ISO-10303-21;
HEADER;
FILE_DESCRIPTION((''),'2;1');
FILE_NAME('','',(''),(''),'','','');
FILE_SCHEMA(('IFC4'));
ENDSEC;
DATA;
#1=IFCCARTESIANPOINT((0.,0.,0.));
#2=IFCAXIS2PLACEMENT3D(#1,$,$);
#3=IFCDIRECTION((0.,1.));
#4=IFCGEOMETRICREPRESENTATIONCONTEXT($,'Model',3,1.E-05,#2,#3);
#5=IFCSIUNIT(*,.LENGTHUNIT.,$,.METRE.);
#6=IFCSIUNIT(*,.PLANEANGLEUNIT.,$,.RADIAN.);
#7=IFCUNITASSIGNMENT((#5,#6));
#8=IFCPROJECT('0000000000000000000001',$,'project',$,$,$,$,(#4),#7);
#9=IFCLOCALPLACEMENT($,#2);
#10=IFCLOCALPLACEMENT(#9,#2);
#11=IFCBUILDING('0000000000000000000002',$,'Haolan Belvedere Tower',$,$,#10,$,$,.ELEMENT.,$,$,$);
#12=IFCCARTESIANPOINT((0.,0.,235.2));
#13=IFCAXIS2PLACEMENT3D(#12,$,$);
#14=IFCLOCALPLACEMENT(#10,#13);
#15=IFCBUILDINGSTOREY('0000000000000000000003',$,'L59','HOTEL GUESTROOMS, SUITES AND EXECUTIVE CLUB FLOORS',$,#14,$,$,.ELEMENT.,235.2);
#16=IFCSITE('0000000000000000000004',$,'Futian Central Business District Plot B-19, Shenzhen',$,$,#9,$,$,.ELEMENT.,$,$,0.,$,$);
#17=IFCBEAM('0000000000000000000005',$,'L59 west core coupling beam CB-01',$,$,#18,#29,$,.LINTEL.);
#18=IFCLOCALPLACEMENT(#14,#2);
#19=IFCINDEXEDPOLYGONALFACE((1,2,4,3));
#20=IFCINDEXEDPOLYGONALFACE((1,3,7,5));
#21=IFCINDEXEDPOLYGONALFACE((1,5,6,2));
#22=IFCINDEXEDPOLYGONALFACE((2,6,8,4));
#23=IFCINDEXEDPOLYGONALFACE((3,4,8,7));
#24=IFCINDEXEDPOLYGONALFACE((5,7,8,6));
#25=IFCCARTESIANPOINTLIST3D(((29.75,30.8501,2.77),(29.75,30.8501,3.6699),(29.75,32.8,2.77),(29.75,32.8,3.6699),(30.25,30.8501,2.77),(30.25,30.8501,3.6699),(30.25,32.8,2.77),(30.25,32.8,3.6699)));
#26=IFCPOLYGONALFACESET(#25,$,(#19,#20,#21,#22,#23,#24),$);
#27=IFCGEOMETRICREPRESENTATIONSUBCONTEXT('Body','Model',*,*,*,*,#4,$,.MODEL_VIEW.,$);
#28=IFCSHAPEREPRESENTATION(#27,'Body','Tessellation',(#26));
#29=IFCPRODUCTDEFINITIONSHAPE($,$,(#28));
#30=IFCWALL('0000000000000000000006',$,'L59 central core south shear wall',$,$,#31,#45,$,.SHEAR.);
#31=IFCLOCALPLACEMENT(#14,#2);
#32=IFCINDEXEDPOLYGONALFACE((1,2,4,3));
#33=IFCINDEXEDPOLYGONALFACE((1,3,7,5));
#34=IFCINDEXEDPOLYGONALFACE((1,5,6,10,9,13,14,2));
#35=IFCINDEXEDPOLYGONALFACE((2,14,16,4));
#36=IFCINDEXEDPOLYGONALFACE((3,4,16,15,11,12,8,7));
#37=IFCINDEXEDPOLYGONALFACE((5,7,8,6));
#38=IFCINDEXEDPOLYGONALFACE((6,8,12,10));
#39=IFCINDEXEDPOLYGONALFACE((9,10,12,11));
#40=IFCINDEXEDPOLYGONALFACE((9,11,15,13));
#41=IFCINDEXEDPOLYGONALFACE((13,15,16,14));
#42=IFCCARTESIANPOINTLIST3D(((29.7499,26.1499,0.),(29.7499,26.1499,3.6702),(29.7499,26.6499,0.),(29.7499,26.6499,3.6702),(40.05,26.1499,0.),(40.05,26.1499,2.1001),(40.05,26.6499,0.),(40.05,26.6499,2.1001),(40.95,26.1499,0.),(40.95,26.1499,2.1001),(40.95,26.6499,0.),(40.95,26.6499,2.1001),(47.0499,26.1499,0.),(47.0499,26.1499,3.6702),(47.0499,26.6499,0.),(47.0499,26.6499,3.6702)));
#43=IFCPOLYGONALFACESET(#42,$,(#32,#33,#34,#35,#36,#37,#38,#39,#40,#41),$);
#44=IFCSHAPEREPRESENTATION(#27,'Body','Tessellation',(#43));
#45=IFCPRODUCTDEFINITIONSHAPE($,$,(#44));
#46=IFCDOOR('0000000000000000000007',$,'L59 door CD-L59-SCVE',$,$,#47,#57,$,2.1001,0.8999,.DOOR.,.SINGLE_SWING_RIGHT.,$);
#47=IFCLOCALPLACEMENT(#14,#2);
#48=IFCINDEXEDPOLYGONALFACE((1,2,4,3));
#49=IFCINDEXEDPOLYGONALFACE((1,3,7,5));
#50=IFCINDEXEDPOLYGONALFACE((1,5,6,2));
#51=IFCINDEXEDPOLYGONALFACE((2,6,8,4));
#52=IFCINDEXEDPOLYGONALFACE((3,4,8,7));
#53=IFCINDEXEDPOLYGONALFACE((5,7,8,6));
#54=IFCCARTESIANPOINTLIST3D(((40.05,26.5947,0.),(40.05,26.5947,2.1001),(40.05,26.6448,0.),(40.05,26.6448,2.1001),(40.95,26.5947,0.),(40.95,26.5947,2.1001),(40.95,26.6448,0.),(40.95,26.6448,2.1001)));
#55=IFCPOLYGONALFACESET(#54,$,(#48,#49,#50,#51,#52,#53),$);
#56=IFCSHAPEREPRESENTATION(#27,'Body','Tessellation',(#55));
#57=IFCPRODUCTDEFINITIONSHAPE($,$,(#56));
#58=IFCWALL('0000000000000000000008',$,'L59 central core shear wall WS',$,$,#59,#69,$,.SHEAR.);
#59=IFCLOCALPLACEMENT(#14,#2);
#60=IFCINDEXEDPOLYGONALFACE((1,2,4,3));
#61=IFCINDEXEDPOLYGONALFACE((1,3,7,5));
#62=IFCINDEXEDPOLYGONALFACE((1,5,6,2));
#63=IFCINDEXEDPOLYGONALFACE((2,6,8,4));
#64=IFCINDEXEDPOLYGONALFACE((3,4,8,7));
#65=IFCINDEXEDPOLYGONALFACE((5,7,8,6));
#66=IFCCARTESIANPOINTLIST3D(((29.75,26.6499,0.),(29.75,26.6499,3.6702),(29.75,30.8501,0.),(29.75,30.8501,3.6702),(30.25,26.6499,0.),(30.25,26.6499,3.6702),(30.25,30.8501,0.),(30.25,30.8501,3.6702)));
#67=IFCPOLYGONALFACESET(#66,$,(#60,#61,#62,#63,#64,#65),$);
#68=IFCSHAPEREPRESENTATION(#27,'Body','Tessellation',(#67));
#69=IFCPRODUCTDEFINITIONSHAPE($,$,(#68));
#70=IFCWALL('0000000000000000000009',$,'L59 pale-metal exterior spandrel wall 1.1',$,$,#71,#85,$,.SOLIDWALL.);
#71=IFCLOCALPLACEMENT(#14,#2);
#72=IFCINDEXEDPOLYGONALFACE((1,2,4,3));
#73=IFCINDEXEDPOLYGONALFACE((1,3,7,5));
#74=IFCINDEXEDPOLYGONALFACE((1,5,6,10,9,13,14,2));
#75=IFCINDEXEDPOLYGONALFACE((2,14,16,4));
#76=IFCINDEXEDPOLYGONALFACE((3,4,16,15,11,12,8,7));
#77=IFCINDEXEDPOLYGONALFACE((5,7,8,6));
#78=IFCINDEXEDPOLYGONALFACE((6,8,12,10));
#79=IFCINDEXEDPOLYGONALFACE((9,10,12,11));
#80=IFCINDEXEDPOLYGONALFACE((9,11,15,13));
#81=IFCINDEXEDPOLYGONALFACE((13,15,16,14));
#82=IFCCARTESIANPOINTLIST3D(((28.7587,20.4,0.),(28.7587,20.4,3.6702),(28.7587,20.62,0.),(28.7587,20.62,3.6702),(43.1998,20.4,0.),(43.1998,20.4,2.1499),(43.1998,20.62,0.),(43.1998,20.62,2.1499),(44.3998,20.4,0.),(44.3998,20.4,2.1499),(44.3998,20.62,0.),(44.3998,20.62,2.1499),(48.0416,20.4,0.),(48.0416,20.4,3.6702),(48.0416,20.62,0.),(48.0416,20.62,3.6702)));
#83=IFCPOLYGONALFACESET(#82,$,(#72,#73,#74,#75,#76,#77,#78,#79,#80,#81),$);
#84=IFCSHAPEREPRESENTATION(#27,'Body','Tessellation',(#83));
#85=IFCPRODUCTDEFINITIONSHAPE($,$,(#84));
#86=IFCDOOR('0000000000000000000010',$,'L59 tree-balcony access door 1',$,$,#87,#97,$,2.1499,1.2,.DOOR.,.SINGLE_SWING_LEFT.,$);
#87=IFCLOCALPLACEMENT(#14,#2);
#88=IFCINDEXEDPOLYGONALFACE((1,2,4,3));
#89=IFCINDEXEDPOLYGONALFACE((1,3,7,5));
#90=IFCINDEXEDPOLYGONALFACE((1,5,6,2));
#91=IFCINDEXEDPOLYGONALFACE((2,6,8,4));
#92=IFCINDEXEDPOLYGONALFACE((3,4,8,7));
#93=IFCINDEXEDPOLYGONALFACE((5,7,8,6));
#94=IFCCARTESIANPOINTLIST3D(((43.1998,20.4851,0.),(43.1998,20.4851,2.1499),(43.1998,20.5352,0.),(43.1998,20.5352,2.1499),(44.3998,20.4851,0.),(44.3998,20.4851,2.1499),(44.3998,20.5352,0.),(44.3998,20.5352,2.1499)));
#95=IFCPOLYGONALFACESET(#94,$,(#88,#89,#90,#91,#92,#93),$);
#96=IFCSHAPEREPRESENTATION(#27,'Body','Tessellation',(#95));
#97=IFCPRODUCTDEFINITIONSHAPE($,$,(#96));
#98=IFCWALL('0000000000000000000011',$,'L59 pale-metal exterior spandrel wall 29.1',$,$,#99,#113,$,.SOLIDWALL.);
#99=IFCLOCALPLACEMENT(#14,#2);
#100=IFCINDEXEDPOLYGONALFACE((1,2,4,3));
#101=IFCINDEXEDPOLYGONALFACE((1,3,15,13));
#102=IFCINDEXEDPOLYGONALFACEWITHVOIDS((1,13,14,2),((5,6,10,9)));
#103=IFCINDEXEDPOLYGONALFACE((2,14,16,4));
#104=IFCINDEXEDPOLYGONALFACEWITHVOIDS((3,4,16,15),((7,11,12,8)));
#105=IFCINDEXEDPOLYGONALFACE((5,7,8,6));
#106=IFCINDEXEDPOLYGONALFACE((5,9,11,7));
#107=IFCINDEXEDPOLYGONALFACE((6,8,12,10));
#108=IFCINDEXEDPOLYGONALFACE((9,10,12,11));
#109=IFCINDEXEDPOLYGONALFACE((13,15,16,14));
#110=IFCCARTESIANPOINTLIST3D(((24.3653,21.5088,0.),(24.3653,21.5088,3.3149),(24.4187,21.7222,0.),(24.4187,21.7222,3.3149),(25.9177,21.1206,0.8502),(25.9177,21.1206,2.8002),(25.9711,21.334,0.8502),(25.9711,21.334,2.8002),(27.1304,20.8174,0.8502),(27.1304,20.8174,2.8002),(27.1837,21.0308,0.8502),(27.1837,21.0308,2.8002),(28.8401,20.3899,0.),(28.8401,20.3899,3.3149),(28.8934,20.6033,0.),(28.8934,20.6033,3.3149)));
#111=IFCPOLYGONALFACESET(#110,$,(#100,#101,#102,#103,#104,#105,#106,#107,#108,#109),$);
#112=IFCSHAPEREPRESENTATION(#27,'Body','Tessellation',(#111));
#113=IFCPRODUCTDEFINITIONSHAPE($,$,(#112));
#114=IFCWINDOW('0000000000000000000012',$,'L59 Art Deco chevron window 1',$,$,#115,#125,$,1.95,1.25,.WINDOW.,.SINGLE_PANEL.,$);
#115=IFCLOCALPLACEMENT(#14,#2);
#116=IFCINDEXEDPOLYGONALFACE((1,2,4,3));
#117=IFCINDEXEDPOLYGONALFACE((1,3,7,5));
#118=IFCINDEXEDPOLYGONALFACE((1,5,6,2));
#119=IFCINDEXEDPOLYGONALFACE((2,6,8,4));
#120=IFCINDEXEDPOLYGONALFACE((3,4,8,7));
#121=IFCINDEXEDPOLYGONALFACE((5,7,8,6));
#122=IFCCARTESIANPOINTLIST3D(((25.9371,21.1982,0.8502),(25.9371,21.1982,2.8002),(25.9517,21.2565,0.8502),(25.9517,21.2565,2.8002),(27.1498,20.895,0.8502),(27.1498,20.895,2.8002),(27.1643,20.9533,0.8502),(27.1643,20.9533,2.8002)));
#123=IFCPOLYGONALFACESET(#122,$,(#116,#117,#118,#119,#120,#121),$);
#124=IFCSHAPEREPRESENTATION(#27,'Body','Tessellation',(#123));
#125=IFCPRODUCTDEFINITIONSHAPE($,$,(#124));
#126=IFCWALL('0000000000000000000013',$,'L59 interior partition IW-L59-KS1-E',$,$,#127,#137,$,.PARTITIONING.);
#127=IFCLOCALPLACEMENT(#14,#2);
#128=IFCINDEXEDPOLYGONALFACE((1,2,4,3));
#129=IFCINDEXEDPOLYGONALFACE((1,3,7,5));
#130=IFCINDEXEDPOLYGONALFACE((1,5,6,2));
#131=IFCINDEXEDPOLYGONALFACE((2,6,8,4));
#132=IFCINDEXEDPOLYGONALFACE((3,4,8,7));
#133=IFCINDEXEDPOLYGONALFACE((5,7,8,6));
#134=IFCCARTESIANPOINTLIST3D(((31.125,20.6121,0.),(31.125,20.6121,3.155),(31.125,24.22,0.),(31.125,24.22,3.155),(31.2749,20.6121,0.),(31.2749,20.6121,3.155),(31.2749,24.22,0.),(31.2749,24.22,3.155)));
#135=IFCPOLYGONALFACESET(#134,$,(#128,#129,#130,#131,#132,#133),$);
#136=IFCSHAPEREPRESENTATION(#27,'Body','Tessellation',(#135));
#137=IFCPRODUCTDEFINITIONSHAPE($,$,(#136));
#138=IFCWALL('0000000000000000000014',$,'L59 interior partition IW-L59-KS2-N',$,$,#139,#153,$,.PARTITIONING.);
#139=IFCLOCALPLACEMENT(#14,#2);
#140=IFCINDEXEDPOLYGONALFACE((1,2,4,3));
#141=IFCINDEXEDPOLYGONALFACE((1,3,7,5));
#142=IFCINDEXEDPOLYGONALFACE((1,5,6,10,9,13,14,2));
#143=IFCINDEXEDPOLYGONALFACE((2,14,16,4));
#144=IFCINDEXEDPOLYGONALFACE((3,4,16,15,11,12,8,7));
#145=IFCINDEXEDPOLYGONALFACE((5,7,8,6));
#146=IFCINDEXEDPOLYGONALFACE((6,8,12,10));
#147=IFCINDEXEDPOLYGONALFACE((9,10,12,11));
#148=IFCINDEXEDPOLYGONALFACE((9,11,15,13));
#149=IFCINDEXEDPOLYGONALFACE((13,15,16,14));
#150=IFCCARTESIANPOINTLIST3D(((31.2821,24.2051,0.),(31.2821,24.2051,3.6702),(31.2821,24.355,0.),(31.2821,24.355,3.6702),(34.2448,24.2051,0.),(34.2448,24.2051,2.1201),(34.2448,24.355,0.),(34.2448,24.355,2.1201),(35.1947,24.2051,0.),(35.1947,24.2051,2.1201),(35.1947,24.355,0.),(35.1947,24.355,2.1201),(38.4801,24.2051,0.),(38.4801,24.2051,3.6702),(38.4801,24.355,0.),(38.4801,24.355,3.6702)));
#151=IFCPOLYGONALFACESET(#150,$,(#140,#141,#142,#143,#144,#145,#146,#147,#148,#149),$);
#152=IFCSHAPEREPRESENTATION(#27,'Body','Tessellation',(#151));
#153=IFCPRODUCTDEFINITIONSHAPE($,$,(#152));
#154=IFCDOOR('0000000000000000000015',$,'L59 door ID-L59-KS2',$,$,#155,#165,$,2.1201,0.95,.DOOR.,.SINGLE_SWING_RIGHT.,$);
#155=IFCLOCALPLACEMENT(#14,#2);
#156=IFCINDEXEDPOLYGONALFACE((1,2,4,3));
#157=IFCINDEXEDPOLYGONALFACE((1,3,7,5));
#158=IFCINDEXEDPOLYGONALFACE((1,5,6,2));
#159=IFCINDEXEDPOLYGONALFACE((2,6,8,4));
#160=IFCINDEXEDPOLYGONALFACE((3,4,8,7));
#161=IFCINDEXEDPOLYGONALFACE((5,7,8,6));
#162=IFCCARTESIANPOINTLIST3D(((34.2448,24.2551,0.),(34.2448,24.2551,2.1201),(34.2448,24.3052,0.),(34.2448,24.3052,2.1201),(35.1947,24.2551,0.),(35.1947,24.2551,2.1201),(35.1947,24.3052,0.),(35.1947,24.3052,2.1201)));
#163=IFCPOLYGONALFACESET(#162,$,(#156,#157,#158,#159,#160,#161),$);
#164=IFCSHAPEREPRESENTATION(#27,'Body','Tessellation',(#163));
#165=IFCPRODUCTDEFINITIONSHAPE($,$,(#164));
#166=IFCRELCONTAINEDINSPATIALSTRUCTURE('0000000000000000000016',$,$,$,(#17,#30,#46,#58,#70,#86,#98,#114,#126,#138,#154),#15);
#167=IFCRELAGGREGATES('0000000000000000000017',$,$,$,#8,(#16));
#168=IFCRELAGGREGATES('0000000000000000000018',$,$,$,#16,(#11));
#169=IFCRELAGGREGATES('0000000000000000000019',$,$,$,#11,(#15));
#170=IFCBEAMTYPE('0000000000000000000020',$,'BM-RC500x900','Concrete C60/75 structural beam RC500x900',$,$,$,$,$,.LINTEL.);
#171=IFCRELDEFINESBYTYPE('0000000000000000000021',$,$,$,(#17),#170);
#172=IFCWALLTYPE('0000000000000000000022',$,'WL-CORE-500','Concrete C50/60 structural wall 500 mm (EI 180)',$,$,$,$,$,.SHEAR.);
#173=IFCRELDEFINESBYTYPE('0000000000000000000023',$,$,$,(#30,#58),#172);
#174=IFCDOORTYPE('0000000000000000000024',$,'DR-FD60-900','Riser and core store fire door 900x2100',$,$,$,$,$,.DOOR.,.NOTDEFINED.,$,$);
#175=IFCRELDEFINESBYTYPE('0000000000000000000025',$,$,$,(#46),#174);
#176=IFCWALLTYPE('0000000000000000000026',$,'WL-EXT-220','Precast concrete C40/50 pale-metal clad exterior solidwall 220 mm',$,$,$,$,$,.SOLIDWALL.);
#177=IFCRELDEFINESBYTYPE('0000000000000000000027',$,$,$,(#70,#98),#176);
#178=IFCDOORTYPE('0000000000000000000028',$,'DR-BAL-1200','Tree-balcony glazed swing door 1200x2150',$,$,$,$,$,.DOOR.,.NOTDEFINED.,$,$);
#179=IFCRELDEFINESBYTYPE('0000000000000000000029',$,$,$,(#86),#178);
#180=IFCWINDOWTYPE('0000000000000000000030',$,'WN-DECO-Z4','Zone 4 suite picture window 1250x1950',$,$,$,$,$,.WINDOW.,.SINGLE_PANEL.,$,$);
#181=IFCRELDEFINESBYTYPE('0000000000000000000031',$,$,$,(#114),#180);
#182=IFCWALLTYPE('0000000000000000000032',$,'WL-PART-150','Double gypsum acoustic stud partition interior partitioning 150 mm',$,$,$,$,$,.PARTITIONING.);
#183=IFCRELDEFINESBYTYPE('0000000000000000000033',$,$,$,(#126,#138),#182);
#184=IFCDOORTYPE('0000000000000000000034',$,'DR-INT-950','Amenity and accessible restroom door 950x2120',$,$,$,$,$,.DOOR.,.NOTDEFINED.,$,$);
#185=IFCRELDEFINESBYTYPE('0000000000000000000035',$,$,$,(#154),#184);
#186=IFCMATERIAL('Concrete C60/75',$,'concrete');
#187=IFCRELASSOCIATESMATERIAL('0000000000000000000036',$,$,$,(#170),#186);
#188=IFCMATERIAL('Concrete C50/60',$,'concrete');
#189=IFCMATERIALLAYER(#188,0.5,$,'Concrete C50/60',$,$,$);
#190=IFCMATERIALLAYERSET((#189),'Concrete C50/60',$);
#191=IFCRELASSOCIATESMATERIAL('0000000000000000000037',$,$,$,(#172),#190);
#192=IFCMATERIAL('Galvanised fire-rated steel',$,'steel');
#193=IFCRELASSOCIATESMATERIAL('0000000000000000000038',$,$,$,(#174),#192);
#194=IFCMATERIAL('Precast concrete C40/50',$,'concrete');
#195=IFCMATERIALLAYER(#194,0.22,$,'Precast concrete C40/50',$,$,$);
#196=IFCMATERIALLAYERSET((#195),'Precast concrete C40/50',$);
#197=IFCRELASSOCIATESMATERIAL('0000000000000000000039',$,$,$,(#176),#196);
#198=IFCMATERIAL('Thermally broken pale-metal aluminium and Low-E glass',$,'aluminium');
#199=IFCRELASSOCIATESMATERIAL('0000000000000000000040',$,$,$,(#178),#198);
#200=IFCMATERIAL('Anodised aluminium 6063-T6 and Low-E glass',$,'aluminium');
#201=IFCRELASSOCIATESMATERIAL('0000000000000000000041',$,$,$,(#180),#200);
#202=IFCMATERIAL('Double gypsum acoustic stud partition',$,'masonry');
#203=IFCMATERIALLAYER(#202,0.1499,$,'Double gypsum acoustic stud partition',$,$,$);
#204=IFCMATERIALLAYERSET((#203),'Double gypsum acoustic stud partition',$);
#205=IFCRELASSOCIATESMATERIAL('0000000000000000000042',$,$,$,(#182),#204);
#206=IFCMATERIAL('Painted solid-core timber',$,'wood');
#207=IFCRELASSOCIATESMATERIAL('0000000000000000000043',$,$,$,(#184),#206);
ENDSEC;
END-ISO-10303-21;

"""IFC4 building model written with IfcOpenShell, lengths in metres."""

from ifc_helpers import new_model, si_unit, direction, frame, frame_2d, origin, origin_2d, place, context, subcontext, project, spatial, rectangle, extrude, material, layer, layer_set, material_profile, profile_set, type_object, element, fill, save


model = new_model("IFC4")

# Units and contexts
model_context = context("Model", 3, precision=1e-05, world=origin(), true_north=direction((0.0, 1.0)))
body_context = subcontext(model_context, "Body", "Model", "MODEL_VIEW")
ifc_project = project(units=[si_unit("LENGTHUNIT", "METRE"), si_unit("PLANEANGLEUNIT", "RADIAN")], contexts=[model_context])

# Site, building, storey
site_placement = place(None, origin())
site = spatial("IfcSite", under=ifc_project, at=site_placement, Name="Futian Central Business District Plot B-19, Shenzhen", CompositionType="ELEMENT", RefElevation=0.0)
building_placement = place(site_placement, origin())
building = spatial("IfcBuilding", under=site, at=building_placement, Name="Haolan Belvedere Tower", CompositionType="ELEMENT")
storey_placement = place(building_placement, frame((0.0, 0.0, 235.2)))
storey = spatial("IfcBuildingStorey", under=building, at=storey_placement, Name="L59", Description="HOTEL GUESTROOMS, SUITES AND EXECUTIVE CLUB FLOORS", CompositionType="ELEMENT", Elevation=235.2)

# Beam
ifc_material_1 = material(Name="Concrete C60/75", Category="concrete")
ifc_material_profile_1 = material_profile(ifc_material_1, rectangle(XDim=0.5, YDim=0.8999, at=origin_2d()), Name="Concrete C60/75")
ifc_profile_set_1 = profile_set([ifc_material_profile_1], Name="Concrete C60/75")
beam_type_1 = type_object("IfcBeamType", Name="BM-RC500x900", Description="Concrete C60/75 structural beam RC500x900", PredefinedType="LINTEL", material=ifc_profile_set_1)
beam_1_placement = place(storey_placement, frame((30.0, 30.8501, 3.22), z_axis=(0.0, 1.0, 0.0), x_axis=(-1.0, 0.0, 0.0)))
element("IfcBeam", 1, at=beam_1_placement, inside=storey, type_object=beam_type_1, Name="L59 west core coupling beam CB-01", PredefinedType="LINTEL", context=body_context, shape_type="SweptSolid", body=[
    extrude(rectangle(XDim=0.5, YDim=0.8999, at=origin_2d()), origin(), (0.0, 0.0, 1.0), 1.95),
])

# Wall, opening, door
ifc_material_2 = material(Name="Concrete C50/60", Category="concrete")
ifc_layer_1 = layer(ifc_material_2, 0.5, Name="Concrete C50/60")
ifc_layer_set_1 = layer_set([ifc_layer_1], Name="Concrete C50/60")
wall_type_1 = type_object("IfcWallType", Name="WL-CORE-500", Description="Concrete C50/60 structural wall 500 mm (EI 180)", PredefinedType="SHEAR", material=ifc_layer_set_1)
wall_1_placement = place(storey_placement, frame((29.75, 26.3999, 0.0), z_axis=(0.0, 0.0, 1.0), x_axis=(1.0, 0.0, 0.0)))
wall_1 = element("IfcWall", 2, at=wall_1_placement, inside=storey, type_object=wall_type_1, Name="L59 central core south shear wall", PredefinedType="SHEAR", context=body_context, shape_type="SweptSolid", body=[
    extrude(rectangle(XDim=17.3, YDim=0.5, at=frame_2d((8.6499, 0.0))), origin(), (0.0, 0.0, 1.0), 3.6702),
])
opening_1_placement = place(wall_1_placement, frame((11.2, 0.0, 0.0), z_axis=(0.0, 0.0, 1.0), x_axis=(-1.0, 0.0, 0.0)))
opening_1 = element("IfcOpeningElement", 3, at=opening_1_placement, cuts=wall_1, PredefinedType="OPENING", context=body_context, shape_type="SweptSolid", body=[
    extrude(rectangle(XDim=0.8999, YDim=2.1001, at=frame_2d((0.45, 1.05))), frame((0.0, 0.26, 0.0), z_axis=(0.0, -1.0, 0.0), x_axis=(1.0, 0.0, 0.0)), (0.0, 0.0, 1.0), 0.52),
])
ifc_material_3 = material(Name="Galvanised fire-rated steel", Category="steel")
door_type_1 = type_object("IfcDoorType", Name="DR-FD60-900", Description="Riser and core store fire door 900x2100", OperationType="NOTDEFINED", PredefinedType="DOOR", material=ifc_material_3)
door_1_placement = place(opening_1_placement, origin())
door_1 = element("IfcDoor", 4, at=door_1_placement, inside=storey, type_object=door_type_1, Name="L59 door CD-L59-SCVE", OperationType="SINGLE_SWING_RIGHT", OverallHeight=2.1001, OverallWidth=0.8999, PredefinedType="DOOR", context=body_context, shape_type="SweptSolid", body=[
    extrude(rectangle(XDim=0.8999, YDim=2.1001, at=frame_2d((0.45, 1.05))), frame((0.0, -0.1948, 0.0), z_axis=(0.0, -1.0, 0.0), x_axis=(1.0, 0.0, 0.0)), (0.0, 0.0, 1.0), 0.05),
])
fill(opening_1, door_1)

# Wall
wall_2_placement = place(storey_placement, frame((30.0, 26.6499, 0.0), z_axis=(0.0, 0.0, 1.0), x_axis=(0.0, 1.0, 0.0)))
element("IfcWall", 5, at=wall_2_placement, inside=storey, type_object=wall_type_1, Name="L59 central core shear wall WS", PredefinedType="SHEAR", context=body_context, shape_type="SweptSolid", body=[
    extrude(rectangle(XDim=4.2002, YDim=0.5, at=frame_2d((2.1001, 0.0))), origin(), (0.0, 0.0, 1.0), 3.6702),
])

# Wall, opening, door
ifc_material_4 = material(Name="Precast concrete C40/50", Category="concrete")
ifc_layer_2 = layer(ifc_material_4, 0.22, Name="Precast concrete C40/50")
ifc_layer_set_2 = layer_set([ifc_layer_2], Name="Precast concrete C40/50")
wall_type_2 = type_object("IfcWallType", Name="WL-EXT-220", Description="Precast concrete C40/50 pale-metal clad exterior solidwall 220 mm", PredefinedType="SOLIDWALL", material=ifc_layer_set_2)
wall_3_placement = place(storey_placement, frame((28.7585, 20.51, 0.0), z_axis=(0.0, 0.0, 1.0), x_axis=(1.0, 0.0, 0.0)))
wall_3 = element("IfcWall", 6, at=wall_3_placement, inside=storey, type_object=wall_type_2, Name="L59 pale-metal exterior spandrel wall 1.1", PredefinedType="SOLIDWALL", context=body_context, shape_type="SweptSolid", body=[
    extrude(rectangle(XDim=19.283, YDim=0.22, at=frame_2d((9.6416, 0.0))), origin(), (0.0, 0.0, 1.0), 3.6702),
])
opening_2_placement = place(wall_3_placement, frame((15.6414, 0.0, 0.0), z_axis=(0.0, 0.0, 1.0), x_axis=(-1.0, 0.0, 0.0)))
opening_2 = element("IfcOpeningElement", 7, at=opening_2_placement, cuts=wall_3, PredefinedType="OPENING", context=body_context, shape_type="SweptSolid", body=[
    extrude(rectangle(XDim=1.2, YDim=2.1499, at=frame_2d((0.6001, 1.075))), frame((0.0, 0.1199, 0.0), z_axis=(0.0, -1.0, 0.0), x_axis=(1.0, 0.0, 0.0)), (0.0, 0.0, 1.0), 0.24),
])
ifc_material_5 = material(Name="Thermally broken pale-metal aluminium and Low-E glass", Category="aluminium")
door_type_2 = type_object("IfcDoorType", Name="DR-BAL-1200", Description="Tree-balcony glazed swing door 1200x2150", OperationType="NOTDEFINED", PredefinedType="DOOR", material=ifc_material_5)
door_2_placement = place(opening_2_placement, origin())
door_2 = element("IfcDoor", 8, at=door_2_placement, inside=storey, type_object=door_type_2, Name="L59 tree-balcony access door 1", OperationType="SINGLE_SWING_LEFT", OverallHeight=2.1499, OverallWidth=1.2, PredefinedType="DOOR", context=body_context, shape_type="SweptSolid", body=[
    extrude(rectangle(XDim=1.2, YDim=2.1499, at=frame_2d((0.6001, 1.075))), frame((0.0, 0.0249, 0.0), z_axis=(0.0, -1.0, 0.0), x_axis=(1.0, 0.0, 0.0)), (0.0, 0.0, 1.0), 0.05),
])
fill(opening_2, door_2)

# Wall, opening, window
wall_4_placement = place(storey_placement, frame((24.3921, 21.6155, 0.0), z_axis=(0.0, 0.0, 1.0), x_axis=(0.970133, -0.242573, 0.0)))
wall_4 = element("IfcWall", 9, at=wall_4_placement, inside=storey, type_object=wall_type_2, Name="L59 pale-metal exterior spandrel wall 29.1", PredefinedType="SOLIDWALL", context=body_context, shape_type="SweptSolid", body=[
    extrude(rectangle(XDim=4.6125, YDim=0.22, at=frame_2d((2.3062, 0.0))), origin(), (0.0, 0.0, 1.0), 3.3149),
])
opening_3_placement = place(wall_4_placement, frame((1.6001, 0.0, 0.8501)))
opening_3 = element("IfcOpeningElement", 10, at=opening_3_placement, cuts=wall_4, PredefinedType="OPENING", context=body_context, shape_type="SweptSolid", body=[
    extrude(rectangle(XDim=1.25, YDim=1.95, at=frame_2d((0.625, 0.9751))), frame((0.0, 0.1199, 0.0), z_axis=(0.0, -1.0, 0.0), x_axis=(1.0, 0.0, 0.0)), (0.0, 0.0, 1.0), 0.24),
])
ifc_material_6 = material(Name="Anodised aluminium 6063-T6 and Low-E glass", Category="aluminium")
window_type = type_object("IfcWindowType", Name="WN-DECO-Z4", Description="Zone 4 suite picture window 1250x1950", PartitioningType="SINGLE_PANEL", PredefinedType="WINDOW", material=ifc_material_6)
window_placement = place(opening_3_placement, origin())
window = element("IfcWindow", 11, at=window_placement, inside=storey, type_object=window_type, Name="L59 Art Deco chevron window 1", OverallHeight=1.95, OverallWidth=1.25, PartitioningType="SINGLE_PANEL", PredefinedType="WINDOW", context=body_context, shape_type="SweptSolid", body=[
    extrude(rectangle(XDim=1.25, YDim=1.95, at=frame_2d((0.625, 0.9751))), frame((0.0, 0.03, 0.0), z_axis=(0.0, -1.0, 0.0), x_axis=(1.0, 0.0, 0.0)), (0.0, 0.0, 1.0), 0.0601),
])
fill(opening_3, window)

# Shared definitions
ifc_material_7 = material(Name="Double gypsum acoustic stud partition", Category="masonry")
ifc_layer_3 = layer(ifc_material_7, 0.1499, Name="Double gypsum acoustic stud partition")
ifc_layer_set_3 = layer_set([ifc_layer_3], Name="Double gypsum acoustic stud partition")
wall_type_3 = type_object("IfcWallType", Name="WL-PART-150", Description="Double gypsum acoustic stud partition interior partitioning 150 mm", PredefinedType="PARTITIONING", material=ifc_layer_set_3)
ifc_material_8 = material(Name="Painted solid-core timber", Category="wood")
door_type_3 = type_object("IfcDoorType", Name="DR-INT-950", Description="Amenity and accessible restroom door 950x2120", OperationType="NOTDEFINED", PredefinedType="DOOR", material=ifc_material_8)

# Wall
wall_5_placement = place(storey_placement, frame((31.2, 20.6121, 0.0), z_axis=(0.0, 0.0, 1.0), x_axis=(0.0, 1.0, 0.0)))
element("IfcWall", 12, at=wall_5_placement, inside=storey, type_object=wall_type_3, Name="L59 interior partition IW-L59-KS1-E", PredefinedType="PARTITIONING", context=body_context, shape_type="SweptSolid", body=[
    extrude(rectangle(XDim=3.6079, YDim=0.1499, at=frame_2d((1.804, 0.0))), origin(), (0.0, 0.0, 1.0), 3.155),
])

# Wall, opening, door
wall_6_placement = place(storey_placement, frame((31.282, 24.28, 0.0), z_axis=(0.0, 0.0, 1.0), x_axis=(1.0, 0.0, 0.0)))
wall_6 = element("IfcWall", 13, at=wall_6_placement, inside=storey, type_object=wall_type_3, Name="L59 interior partition IW-L59-KS2-N", PredefinedType="PARTITIONING", context=body_context, shape_type="SweptSolid", body=[
    extrude(rectangle(XDim=7.198, YDim=0.1499, at=frame_2d((3.5991, 0.0))), origin(), (0.0, 0.0, 1.0), 3.6702),
])
opening_4_placement = place(wall_6_placement, frame((3.9128, 0.0, 0.0), z_axis=(0.0, 0.0, 1.0), x_axis=(-1.0, 0.0, 0.0)))
opening_4 = element("IfcOpeningElement", 14, at=opening_4_placement, cuts=wall_6, PredefinedType="OPENING", context=body_context, shape_type="SweptSolid", body=[
    extrude(rectangle(XDim=0.95, YDim=2.1201, at=frame_2d((0.4751, 1.0601))), frame((0.0, 0.085, 0.0), z_axis=(0.0, -1.0, 0.0), x_axis=(1.0, 0.0, 0.0)), (0.0, 0.0, 1.0), 0.1699),
])
door_3_placement = place(opening_4_placement, origin())
door_3 = element("IfcDoor", 15, at=door_3_placement, inside=storey, type_object=door_type_3, Name="L59 door ID-L59-KS2", OperationType="SINGLE_SWING_RIGHT", OverallHeight=2.1201, OverallWidth=0.95, PredefinedType="DOOR", context=body_context, shape_type="SweptSolid", body=[
    extrude(rectangle(XDim=0.95, YDim=2.1201, at=frame_2d((0.4751, 1.0601))), frame((0.0, 0.0249, 0.0), z_axis=(0.0, -1.0, 0.0), x_axis=(1.0, 0.0, 0.0)), (0.0, 0.0, 1.0), 0.05),
])
fill(opening_4, door_3)

save(model, "model.ifc")
